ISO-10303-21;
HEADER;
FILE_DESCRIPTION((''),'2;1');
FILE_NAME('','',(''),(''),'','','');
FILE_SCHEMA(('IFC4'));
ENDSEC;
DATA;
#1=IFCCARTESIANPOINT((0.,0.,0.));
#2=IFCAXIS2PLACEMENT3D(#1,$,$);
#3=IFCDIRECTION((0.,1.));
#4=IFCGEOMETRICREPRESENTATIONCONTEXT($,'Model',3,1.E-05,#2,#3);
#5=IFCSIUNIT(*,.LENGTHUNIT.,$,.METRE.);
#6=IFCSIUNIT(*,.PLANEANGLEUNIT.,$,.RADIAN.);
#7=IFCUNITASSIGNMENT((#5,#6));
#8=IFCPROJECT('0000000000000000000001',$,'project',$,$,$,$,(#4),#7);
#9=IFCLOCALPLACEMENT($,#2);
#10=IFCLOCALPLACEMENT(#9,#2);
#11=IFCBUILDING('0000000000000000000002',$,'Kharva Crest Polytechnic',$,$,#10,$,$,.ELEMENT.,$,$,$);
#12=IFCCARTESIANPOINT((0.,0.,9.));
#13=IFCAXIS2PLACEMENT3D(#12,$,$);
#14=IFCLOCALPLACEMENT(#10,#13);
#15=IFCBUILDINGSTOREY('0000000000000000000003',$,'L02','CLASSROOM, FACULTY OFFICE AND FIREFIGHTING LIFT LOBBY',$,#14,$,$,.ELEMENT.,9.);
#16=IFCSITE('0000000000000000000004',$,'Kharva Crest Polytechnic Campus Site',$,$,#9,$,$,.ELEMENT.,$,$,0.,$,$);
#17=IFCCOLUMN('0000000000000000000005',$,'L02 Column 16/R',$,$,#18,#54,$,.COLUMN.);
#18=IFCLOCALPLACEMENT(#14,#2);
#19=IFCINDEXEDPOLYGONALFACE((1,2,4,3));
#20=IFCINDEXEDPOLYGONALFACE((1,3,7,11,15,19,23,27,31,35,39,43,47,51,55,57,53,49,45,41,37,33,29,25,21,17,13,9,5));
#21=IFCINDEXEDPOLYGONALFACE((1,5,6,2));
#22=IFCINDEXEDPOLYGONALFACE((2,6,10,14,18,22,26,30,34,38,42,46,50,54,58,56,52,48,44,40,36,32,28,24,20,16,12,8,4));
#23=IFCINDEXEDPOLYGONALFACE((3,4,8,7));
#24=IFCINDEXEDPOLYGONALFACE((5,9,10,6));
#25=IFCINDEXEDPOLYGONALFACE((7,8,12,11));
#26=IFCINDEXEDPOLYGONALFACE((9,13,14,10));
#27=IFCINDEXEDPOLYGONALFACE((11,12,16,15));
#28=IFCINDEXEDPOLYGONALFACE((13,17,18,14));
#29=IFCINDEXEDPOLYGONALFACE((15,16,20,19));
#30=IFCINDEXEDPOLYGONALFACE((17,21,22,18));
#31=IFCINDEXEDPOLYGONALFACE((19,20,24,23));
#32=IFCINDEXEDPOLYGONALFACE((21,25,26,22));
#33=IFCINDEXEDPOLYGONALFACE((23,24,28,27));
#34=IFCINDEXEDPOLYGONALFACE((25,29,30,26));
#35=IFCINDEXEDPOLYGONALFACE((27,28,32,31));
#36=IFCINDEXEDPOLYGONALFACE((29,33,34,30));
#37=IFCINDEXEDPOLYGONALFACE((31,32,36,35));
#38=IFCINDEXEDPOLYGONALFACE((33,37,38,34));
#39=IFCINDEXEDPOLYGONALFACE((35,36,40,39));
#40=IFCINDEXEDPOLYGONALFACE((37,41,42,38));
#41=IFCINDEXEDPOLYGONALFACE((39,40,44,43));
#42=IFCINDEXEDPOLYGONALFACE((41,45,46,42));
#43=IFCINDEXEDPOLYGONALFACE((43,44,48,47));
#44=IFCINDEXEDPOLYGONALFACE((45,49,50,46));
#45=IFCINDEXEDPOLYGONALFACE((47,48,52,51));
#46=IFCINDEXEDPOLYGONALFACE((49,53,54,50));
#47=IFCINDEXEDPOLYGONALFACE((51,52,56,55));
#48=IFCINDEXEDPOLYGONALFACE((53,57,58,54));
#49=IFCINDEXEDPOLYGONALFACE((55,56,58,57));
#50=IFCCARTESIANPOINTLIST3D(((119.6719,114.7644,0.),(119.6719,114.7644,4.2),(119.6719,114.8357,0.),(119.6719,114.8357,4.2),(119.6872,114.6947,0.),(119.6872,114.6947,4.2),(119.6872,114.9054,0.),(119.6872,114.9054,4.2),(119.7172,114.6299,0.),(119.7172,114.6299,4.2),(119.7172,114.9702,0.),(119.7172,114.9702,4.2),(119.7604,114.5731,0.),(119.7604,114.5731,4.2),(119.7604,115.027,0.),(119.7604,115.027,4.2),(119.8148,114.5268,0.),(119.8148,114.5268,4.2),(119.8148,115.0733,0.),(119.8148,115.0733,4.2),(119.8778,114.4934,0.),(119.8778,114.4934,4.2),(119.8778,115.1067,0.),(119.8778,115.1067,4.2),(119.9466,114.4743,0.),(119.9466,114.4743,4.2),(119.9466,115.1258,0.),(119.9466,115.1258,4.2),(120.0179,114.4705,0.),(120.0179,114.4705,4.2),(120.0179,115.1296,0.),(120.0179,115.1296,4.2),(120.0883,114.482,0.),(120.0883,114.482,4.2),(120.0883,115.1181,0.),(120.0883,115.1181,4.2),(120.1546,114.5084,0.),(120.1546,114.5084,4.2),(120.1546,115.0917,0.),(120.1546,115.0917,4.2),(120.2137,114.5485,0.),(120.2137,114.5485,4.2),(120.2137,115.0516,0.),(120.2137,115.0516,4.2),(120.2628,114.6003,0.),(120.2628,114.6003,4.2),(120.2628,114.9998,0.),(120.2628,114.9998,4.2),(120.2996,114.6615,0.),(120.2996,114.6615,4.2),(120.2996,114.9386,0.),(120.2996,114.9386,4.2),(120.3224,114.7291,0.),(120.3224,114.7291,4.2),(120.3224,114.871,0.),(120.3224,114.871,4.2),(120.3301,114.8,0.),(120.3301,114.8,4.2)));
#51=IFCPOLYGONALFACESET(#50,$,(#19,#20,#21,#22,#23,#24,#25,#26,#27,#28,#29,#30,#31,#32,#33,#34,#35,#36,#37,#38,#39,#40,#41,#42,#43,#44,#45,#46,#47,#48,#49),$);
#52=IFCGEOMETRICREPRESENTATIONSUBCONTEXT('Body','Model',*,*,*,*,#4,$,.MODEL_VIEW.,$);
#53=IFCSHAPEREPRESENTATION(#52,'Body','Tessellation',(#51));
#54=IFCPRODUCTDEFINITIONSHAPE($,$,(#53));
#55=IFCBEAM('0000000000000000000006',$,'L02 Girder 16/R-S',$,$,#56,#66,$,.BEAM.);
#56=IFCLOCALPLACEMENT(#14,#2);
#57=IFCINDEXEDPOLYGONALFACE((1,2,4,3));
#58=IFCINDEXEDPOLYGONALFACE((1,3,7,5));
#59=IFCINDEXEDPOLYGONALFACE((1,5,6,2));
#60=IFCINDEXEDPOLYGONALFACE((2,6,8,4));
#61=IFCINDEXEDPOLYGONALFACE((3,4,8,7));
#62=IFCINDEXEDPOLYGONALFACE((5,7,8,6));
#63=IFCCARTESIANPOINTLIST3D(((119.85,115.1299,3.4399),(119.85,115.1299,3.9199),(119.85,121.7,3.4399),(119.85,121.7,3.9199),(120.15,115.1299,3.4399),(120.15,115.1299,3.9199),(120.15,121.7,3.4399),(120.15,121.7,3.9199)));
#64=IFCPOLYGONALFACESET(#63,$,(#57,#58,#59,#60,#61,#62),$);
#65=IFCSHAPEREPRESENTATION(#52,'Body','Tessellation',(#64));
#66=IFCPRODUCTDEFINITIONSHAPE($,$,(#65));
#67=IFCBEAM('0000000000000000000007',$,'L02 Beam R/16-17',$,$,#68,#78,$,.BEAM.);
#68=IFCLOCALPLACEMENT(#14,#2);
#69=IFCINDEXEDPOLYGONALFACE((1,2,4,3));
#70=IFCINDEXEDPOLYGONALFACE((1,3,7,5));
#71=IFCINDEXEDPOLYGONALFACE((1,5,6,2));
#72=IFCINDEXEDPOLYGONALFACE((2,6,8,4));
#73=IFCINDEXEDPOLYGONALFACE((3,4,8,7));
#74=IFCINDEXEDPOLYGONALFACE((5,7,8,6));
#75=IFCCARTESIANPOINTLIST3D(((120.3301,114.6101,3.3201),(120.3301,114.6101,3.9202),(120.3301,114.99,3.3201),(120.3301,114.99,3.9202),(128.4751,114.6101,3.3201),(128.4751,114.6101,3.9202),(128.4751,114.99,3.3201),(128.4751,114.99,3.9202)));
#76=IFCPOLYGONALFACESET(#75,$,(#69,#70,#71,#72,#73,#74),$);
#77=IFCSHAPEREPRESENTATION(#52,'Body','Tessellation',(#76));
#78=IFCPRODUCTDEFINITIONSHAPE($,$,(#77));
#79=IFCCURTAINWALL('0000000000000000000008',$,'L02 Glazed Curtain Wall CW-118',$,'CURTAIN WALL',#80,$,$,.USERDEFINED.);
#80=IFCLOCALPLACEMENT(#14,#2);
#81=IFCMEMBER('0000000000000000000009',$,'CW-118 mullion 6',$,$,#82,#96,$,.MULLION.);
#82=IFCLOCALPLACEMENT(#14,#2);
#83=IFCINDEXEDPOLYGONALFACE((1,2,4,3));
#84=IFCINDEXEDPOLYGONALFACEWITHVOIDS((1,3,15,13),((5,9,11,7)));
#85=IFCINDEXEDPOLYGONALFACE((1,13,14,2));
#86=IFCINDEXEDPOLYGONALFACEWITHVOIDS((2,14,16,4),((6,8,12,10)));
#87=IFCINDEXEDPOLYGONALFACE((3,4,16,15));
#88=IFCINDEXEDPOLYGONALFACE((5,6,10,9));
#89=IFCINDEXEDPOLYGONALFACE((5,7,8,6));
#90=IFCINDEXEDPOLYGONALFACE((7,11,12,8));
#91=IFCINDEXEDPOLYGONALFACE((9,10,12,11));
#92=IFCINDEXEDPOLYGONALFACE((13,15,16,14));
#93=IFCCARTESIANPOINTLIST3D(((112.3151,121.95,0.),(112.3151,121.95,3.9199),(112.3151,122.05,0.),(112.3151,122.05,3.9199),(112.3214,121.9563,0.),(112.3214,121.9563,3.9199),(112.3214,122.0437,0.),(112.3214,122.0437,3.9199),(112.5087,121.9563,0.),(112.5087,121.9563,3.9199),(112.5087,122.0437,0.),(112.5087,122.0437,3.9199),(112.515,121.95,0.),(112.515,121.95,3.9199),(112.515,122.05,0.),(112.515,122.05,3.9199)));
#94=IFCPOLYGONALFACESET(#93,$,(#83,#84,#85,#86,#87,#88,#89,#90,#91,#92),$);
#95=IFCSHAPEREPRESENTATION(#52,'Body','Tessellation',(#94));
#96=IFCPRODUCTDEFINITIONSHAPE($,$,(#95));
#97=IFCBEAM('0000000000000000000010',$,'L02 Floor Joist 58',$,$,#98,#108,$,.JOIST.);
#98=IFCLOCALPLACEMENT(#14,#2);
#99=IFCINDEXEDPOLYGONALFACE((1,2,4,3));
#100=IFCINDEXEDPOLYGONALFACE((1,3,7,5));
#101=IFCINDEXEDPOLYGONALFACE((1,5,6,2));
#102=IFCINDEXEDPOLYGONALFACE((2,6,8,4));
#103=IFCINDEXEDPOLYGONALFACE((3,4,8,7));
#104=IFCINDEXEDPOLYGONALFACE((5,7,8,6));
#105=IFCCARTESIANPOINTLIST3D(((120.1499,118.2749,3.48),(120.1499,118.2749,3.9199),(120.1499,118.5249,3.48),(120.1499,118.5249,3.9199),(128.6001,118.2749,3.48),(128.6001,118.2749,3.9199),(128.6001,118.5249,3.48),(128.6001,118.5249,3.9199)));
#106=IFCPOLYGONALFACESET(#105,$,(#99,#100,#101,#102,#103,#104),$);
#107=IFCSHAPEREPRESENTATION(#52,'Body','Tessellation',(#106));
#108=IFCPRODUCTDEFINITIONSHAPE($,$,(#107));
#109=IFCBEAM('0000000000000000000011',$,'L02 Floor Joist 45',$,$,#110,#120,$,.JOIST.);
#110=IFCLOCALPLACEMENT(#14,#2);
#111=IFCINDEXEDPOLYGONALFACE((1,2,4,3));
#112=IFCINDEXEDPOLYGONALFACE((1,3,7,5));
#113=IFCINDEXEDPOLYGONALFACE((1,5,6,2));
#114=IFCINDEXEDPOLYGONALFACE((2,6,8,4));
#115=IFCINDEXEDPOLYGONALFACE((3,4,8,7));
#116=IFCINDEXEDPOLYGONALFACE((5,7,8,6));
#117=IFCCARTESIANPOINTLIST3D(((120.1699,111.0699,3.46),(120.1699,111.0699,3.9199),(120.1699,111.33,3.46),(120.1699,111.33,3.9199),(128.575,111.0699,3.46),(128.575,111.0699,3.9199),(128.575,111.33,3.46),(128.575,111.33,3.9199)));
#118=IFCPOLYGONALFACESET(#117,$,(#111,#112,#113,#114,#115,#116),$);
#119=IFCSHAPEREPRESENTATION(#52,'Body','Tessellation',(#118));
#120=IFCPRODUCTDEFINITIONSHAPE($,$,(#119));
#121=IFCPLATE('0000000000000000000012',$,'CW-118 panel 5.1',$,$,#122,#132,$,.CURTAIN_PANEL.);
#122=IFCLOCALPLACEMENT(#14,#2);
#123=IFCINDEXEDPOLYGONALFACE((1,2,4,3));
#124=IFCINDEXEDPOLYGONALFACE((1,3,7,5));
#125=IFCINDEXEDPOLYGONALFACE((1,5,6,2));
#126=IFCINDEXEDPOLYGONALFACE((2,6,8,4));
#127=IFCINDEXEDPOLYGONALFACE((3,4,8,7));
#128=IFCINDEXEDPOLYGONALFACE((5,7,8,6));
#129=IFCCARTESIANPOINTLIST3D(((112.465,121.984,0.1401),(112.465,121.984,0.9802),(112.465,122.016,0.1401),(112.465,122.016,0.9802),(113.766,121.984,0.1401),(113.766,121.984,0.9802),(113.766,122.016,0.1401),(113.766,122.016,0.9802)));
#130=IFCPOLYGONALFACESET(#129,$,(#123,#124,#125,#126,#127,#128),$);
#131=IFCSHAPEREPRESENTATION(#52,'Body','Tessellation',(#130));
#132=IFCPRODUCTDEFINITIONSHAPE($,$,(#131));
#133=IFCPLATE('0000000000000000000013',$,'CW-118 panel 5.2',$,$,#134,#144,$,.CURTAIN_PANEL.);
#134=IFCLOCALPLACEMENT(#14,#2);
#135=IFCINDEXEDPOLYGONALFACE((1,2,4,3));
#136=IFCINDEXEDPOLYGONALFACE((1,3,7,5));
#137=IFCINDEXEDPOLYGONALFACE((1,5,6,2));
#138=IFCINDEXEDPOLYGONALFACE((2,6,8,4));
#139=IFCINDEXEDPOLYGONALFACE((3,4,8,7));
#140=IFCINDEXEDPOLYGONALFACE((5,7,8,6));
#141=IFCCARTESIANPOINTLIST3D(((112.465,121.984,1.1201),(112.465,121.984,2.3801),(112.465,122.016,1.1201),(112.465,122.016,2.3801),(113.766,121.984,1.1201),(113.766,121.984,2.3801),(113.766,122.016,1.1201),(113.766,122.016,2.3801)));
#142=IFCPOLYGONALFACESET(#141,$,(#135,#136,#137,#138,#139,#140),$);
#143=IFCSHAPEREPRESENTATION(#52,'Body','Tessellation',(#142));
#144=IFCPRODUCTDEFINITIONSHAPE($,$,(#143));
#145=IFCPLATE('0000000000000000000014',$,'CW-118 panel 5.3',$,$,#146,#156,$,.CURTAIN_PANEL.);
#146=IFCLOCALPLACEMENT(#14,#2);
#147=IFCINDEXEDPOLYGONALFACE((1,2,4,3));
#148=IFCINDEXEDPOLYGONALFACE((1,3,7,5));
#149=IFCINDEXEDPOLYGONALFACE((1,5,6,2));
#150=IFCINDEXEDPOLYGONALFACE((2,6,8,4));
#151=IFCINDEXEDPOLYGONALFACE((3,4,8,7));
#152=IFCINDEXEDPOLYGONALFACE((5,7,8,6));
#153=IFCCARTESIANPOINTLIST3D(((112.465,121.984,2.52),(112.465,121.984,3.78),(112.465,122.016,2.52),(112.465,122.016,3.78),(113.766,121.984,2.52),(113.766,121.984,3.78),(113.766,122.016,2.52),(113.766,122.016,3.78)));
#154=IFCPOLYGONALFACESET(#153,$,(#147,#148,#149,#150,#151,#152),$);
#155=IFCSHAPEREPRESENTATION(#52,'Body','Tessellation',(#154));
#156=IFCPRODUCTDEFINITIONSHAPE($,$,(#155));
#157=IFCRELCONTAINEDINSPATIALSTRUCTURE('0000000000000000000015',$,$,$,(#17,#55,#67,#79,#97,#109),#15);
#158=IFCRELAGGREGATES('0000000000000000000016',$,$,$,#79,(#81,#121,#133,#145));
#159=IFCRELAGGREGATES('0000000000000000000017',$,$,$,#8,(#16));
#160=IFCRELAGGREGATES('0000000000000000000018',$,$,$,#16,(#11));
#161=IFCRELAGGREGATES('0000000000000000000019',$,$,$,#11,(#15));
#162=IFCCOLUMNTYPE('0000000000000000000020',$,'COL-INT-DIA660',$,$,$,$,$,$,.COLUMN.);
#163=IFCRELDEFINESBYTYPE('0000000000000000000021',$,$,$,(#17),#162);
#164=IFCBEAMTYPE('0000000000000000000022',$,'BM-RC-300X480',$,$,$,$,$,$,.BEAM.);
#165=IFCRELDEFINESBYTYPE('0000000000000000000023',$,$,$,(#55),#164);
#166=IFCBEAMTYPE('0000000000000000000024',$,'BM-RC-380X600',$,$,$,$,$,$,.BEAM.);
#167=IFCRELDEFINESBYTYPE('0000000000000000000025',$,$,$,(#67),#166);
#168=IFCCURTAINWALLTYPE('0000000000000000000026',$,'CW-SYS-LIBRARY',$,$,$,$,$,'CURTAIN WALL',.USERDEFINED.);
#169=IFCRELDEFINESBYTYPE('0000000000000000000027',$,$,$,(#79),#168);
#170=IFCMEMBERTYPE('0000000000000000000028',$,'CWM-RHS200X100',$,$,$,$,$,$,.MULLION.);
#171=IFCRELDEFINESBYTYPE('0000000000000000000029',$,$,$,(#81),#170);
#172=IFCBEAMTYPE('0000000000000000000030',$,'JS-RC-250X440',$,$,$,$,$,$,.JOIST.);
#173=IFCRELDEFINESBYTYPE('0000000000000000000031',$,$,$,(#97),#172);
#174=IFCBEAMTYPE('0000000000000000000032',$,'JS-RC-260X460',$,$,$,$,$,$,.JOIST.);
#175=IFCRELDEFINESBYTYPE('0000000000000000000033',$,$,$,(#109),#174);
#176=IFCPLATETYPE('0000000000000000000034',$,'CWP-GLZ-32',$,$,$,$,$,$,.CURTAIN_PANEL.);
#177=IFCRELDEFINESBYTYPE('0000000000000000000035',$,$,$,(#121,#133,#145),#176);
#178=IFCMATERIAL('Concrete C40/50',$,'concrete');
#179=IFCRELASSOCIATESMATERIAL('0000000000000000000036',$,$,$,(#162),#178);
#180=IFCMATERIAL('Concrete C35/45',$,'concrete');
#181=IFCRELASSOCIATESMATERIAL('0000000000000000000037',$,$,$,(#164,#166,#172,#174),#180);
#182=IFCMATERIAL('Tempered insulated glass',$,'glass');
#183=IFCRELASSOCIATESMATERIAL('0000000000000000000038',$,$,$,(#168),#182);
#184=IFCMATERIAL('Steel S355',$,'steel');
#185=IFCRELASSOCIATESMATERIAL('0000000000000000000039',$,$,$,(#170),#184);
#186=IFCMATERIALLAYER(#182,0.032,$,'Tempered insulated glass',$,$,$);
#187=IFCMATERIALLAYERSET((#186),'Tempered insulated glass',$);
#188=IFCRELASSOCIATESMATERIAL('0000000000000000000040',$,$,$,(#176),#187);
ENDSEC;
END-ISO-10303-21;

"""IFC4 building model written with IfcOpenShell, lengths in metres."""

from ifc_helpers import new_model, si_unit, direction, frame, origin, origin_2d, place, context, subcontext, project, spatial, rectangle, hollow_rectangle, circle, extrude, material, layer, layer_set, material_profile, profile_set, type_object, element, aggregate, save


model = new_model("IFC4")

# Units and contexts
model_context = context("Model", 3, precision=1e-05, world=origin(), true_north=direction((0.0, 1.0)))
body_context = subcontext(model_context, "Body", "Model", "MODEL_VIEW")
ifc_project = project(units=[si_unit("LENGTHUNIT", "METRE"), si_unit("PLANEANGLEUNIT", "RADIAN")], contexts=[model_context])

# Site, building, storey
site_placement = place(None, origin())
site = spatial("IfcSite", under=ifc_project, at=site_placement, Name="Kharva Crest Polytechnic Campus Site", CompositionType="ELEMENT", RefElevation=0.0)
building_placement = place(site_placement, origin())
building = spatial("IfcBuilding", under=site, at=building_placement, Name="Kharva Crest Polytechnic", CompositionType="ELEMENT")
storey_placement = place(building_placement, frame((0.0, 0.0, 9.0)))
storey = spatial("IfcBuildingStorey", under=building, at=storey_placement, Name="L02", Description="CLASSROOM, FACULTY OFFICE AND FIREFIGHTING LIFT LOBBY", CompositionType="ELEMENT", Elevation=9.0)

# Column
ifc_material_1 = material(Name="Concrete C40/50", Category="concrete")
ifc_material_profile_1 = material_profile(ifc_material_1, circle(Radius=0.3301, at=origin_2d()), Name="DIA 660")
ifc_profile_set_1 = profile_set([ifc_material_profile_1], Name="Concrete C40/50")
column_type = type_object("IfcColumnType", Name="COL-INT-DIA660", PredefinedType="COLUMN", material=ifc_profile_set_1)
column_placement = place(storey_placement, frame((120.0, 114.8, 0.0), z_axis=(0.0, 0.0, 1.0), x_axis=(1.0, 0.0, 0.0)))
element("IfcColumn", 1, at=column_placement, inside=storey, type_object=column_type, Name="L02 Column 16/R", PredefinedType="COLUMN", context=body_context, shape_type="SweptSolid", body=[
    extrude(circle(Radius=0.3301, at=origin_2d()), origin(), (0.0, 0.0, 1.0), 4.2),
])

# Beams
ifc_material_2 = material(Name="Concrete C35/45", Category="concrete")
ifc_material_profile_2 = material_profile(ifc_material_2, rectangle(XDim=0.3, YDim=0.48, at=origin_2d()), Name="RECT 300 X 480")
ifc_profile_set_2 = profile_set([ifc_material_profile_2], Name="Concrete C35/45")
beam_type_1 = type_object("IfcBeamType", Name="BM-RC-300X480", PredefinedType="BEAM", material=ifc_profile_set_2)
beam_1_placement = place(storey_placement, frame((120.0, 115.1299, 3.6799), z_axis=(0.0, 1.0, 0.0), x_axis=(-1.0, 0.0, 0.0)))
element("IfcBeam", 2, at=beam_1_placement, inside=storey, type_object=beam_type_1, Name="L02 Girder 16/R-S", PredefinedType="BEAM", context=body_context, shape_type="SweptSolid", body=[
    extrude(rectangle(XDim=0.3, YDim=0.48, at=origin_2d()), origin(), (0.0, 0.0, 1.0), 6.5701),
])
ifc_material_profile_3 = material_profile(ifc_material_2, rectangle(XDim=0.3799, YDim=0.6001, at=origin_2d()), Name="RECT 380 X 600")
ifc_profile_set_3 = profile_set([ifc_material_profile_3], Name="Concrete C35/45")
beam_type_2 = type_object("IfcBeamType", Name="BM-RC-380X600", PredefinedType="BEAM", material=ifc_profile_set_3)
beam_2_placement = place(storey_placement, frame((120.3301, 114.8, 3.6201), z_axis=(1.0, 0.0, 0.0), x_axis=(0.0, 1.0, 0.0)))
element("IfcBeam", 3, at=beam_2_placement, inside=storey, type_object=beam_type_2, Name="L02 Beam R/16-17", PredefinedType="BEAM", context=body_context, shape_type="SweptSolid", body=[
    extrude(rectangle(XDim=0.3799, YDim=0.6001, at=origin_2d()), origin(), (0.0, 0.0, 1.0), 8.145),
])

# Curtain wall, member
ifc_material_3 = material(Name="Tempered insulated glass", Category="glass")
curtain_wall_type = type_object("IfcCurtainWallType", Name="CW-SYS-LIBRARY", ElementType="CURTAIN WALL", PredefinedType="USERDEFINED", material=ifc_material_3)
curtain_wall_placement = place(storey_placement, origin())
curtain_wall = element("IfcCurtainWall", 4, at=curtain_wall_placement, inside=storey, type_object=curtain_wall_type, Name="L02 Glazed Curtain Wall CW-118", ObjectType="CURTAIN WALL", PredefinedType="USERDEFINED")
ifc_material_4 = material(Name="Steel S355", Category="steel")
ifc_material_profile_4 = material_profile(ifc_material_4, hollow_rectangle(XDim=0.1001, YDim=0.2, WallThickness=0.0063, at=origin_2d()), Name="RHS 200X100X6.3")
ifc_profile_set_4 = profile_set([ifc_material_profile_4], Name="Steel S355")
member_type = type_object("IfcMemberType", Name="CWM-RHS200X100", PredefinedType="MULLION", material=ifc_profile_set_4)
member_placement = place(storey_placement, frame((112.415, 122.0, 0.0), z_axis=(0.0, 0.0, 1.0), x_axis=(0.0, -1.0, 0.0)))
member = element("IfcMember", 5, at=member_placement, type_object=member_type, Name="CW-118 mullion 6", PredefinedType="MULLION", context=body_context, shape_type="SweptSolid", body=[
    extrude(hollow_rectangle(XDim=0.1001, YDim=0.2, WallThickness=0.0063, at=origin_2d()), origin(), (0.0, 0.0, 1.0), 3.9199),
])

# Beams
ifc_material_profile_5 = material_profile(ifc_material_2, rectangle(XDim=0.25, YDim=0.4399, at=origin_2d()), Name="RECT 250 X 440")
ifc_profile_set_5 = profile_set([ifc_material_profile_5], Name="Concrete C35/45")
beam_type_3 = type_object("IfcBeamType", Name="JS-RC-250X440", PredefinedType="JOIST", material=ifc_profile_set_5)
beam_3_placement = place(storey_placement, frame((120.1499, 118.3999, 3.7), z_axis=(1.0, 0.0, 0.0), x_axis=(0.0, 1.0, 0.0)))
element("IfcBeam", 6, at=beam_3_placement, inside=storey, type_object=beam_type_3, Name="L02 Floor Joist 58", PredefinedType="JOIST", context=body_context, shape_type="SweptSolid", body=[
    extrude(rectangle(XDim=0.25, YDim=0.4399, at=origin_2d()), origin(), (0.0, 0.0, 1.0), 8.4502),
])
ifc_material_profile_6 = material_profile(ifc_material_2, rectangle(XDim=0.26, YDim=0.46, at=origin_2d()), Name="RECT 260 X 460")
ifc_profile_set_6 = profile_set([ifc_material_profile_6], Name="Concrete C35/45")
beam_type_4 = type_object("IfcBeamType", Name="JS-RC-260X460", PredefinedType="JOIST", material=ifc_profile_set_6)
beam_4_placement = place(storey_placement, frame((120.1699, 111.2, 3.6899), z_axis=(1.0, 0.0, 0.0), x_axis=(0.0, 1.0, 0.0)))
element("IfcBeam", 7, at=beam_4_placement, inside=storey, type_object=beam_type_4, Name="L02 Floor Joist 45", PredefinedType="JOIST", context=body_context, shape_type="SweptSolid", body=[
    extrude(rectangle(XDim=0.26, YDim=0.46, at=origin_2d()), origin(), (0.0, 0.0, 1.0), 8.405),
])

# Plates
ifc_layer_1 = layer(ifc_material_3, 0.032, Name="Tempered insulated glass")
ifc_layer_set_1 = layer_set([ifc_layer_1], Name="Tempered insulated glass")
plate_type = type_object("IfcPlateType", Name="CWP-GLZ-32", PredefinedType="CURTAIN_PANEL", material=ifc_layer_set_1)
plate_1_placement = place(storey_placement, frame((113.1155, 122.0, 0.1401), z_axis=(0.0, 0.0, 1.0), x_axis=(-1.0, 0.0, 0.0)))
plate_1 = element("IfcPlate", 8, at=plate_1_placement, type_object=plate_type, Name="CW-118 panel 5.1", PredefinedType="CURTAIN_PANEL", context=body_context, shape_type="SweptSolid", body=[
    extrude(rectangle(XDim=1.301, YDim=0.032, at=origin_2d()), origin(), (0.0, 0.0, 1.0), 0.8401),
])
plate_2_placement = place(storey_placement, frame((113.1155, 122.0, 1.1201), z_axis=(0.0, 0.0, 1.0), x_axis=(-1.0, 0.0, 0.0)))
plate_2 = element("IfcPlate", 9, at=plate_2_placement, type_object=plate_type, Name="CW-118 panel 5.2", PredefinedType="CURTAIN_PANEL", context=body_context, shape_type="SweptSolid", body=[
    extrude(rectangle(XDim=1.301, YDim=0.032, at=origin_2d()), origin(), (0.0, 0.0, 1.0), 1.26),
])
plate_3_placement = place(storey_placement, frame((113.1155, 122.0, 2.52), z_axis=(0.0, 0.0, 1.0), x_axis=(-1.0, 0.0, 0.0)))
plate_3 = element("IfcPlate", 10, at=plate_3_placement, type_object=plate_type, Name="CW-118 panel 5.3", PredefinedType="CURTAIN_PANEL", context=body_context, shape_type="SweptSolid", body=[
    extrude(rectangle(XDim=1.301, YDim=0.032, at=origin_2d()), origin(), (0.0, 0.0, 1.0), 1.26),
])
aggregate(curtain_wall, [member, plate_1, plate_2, plate_3])

save(model, "model.ifc")
